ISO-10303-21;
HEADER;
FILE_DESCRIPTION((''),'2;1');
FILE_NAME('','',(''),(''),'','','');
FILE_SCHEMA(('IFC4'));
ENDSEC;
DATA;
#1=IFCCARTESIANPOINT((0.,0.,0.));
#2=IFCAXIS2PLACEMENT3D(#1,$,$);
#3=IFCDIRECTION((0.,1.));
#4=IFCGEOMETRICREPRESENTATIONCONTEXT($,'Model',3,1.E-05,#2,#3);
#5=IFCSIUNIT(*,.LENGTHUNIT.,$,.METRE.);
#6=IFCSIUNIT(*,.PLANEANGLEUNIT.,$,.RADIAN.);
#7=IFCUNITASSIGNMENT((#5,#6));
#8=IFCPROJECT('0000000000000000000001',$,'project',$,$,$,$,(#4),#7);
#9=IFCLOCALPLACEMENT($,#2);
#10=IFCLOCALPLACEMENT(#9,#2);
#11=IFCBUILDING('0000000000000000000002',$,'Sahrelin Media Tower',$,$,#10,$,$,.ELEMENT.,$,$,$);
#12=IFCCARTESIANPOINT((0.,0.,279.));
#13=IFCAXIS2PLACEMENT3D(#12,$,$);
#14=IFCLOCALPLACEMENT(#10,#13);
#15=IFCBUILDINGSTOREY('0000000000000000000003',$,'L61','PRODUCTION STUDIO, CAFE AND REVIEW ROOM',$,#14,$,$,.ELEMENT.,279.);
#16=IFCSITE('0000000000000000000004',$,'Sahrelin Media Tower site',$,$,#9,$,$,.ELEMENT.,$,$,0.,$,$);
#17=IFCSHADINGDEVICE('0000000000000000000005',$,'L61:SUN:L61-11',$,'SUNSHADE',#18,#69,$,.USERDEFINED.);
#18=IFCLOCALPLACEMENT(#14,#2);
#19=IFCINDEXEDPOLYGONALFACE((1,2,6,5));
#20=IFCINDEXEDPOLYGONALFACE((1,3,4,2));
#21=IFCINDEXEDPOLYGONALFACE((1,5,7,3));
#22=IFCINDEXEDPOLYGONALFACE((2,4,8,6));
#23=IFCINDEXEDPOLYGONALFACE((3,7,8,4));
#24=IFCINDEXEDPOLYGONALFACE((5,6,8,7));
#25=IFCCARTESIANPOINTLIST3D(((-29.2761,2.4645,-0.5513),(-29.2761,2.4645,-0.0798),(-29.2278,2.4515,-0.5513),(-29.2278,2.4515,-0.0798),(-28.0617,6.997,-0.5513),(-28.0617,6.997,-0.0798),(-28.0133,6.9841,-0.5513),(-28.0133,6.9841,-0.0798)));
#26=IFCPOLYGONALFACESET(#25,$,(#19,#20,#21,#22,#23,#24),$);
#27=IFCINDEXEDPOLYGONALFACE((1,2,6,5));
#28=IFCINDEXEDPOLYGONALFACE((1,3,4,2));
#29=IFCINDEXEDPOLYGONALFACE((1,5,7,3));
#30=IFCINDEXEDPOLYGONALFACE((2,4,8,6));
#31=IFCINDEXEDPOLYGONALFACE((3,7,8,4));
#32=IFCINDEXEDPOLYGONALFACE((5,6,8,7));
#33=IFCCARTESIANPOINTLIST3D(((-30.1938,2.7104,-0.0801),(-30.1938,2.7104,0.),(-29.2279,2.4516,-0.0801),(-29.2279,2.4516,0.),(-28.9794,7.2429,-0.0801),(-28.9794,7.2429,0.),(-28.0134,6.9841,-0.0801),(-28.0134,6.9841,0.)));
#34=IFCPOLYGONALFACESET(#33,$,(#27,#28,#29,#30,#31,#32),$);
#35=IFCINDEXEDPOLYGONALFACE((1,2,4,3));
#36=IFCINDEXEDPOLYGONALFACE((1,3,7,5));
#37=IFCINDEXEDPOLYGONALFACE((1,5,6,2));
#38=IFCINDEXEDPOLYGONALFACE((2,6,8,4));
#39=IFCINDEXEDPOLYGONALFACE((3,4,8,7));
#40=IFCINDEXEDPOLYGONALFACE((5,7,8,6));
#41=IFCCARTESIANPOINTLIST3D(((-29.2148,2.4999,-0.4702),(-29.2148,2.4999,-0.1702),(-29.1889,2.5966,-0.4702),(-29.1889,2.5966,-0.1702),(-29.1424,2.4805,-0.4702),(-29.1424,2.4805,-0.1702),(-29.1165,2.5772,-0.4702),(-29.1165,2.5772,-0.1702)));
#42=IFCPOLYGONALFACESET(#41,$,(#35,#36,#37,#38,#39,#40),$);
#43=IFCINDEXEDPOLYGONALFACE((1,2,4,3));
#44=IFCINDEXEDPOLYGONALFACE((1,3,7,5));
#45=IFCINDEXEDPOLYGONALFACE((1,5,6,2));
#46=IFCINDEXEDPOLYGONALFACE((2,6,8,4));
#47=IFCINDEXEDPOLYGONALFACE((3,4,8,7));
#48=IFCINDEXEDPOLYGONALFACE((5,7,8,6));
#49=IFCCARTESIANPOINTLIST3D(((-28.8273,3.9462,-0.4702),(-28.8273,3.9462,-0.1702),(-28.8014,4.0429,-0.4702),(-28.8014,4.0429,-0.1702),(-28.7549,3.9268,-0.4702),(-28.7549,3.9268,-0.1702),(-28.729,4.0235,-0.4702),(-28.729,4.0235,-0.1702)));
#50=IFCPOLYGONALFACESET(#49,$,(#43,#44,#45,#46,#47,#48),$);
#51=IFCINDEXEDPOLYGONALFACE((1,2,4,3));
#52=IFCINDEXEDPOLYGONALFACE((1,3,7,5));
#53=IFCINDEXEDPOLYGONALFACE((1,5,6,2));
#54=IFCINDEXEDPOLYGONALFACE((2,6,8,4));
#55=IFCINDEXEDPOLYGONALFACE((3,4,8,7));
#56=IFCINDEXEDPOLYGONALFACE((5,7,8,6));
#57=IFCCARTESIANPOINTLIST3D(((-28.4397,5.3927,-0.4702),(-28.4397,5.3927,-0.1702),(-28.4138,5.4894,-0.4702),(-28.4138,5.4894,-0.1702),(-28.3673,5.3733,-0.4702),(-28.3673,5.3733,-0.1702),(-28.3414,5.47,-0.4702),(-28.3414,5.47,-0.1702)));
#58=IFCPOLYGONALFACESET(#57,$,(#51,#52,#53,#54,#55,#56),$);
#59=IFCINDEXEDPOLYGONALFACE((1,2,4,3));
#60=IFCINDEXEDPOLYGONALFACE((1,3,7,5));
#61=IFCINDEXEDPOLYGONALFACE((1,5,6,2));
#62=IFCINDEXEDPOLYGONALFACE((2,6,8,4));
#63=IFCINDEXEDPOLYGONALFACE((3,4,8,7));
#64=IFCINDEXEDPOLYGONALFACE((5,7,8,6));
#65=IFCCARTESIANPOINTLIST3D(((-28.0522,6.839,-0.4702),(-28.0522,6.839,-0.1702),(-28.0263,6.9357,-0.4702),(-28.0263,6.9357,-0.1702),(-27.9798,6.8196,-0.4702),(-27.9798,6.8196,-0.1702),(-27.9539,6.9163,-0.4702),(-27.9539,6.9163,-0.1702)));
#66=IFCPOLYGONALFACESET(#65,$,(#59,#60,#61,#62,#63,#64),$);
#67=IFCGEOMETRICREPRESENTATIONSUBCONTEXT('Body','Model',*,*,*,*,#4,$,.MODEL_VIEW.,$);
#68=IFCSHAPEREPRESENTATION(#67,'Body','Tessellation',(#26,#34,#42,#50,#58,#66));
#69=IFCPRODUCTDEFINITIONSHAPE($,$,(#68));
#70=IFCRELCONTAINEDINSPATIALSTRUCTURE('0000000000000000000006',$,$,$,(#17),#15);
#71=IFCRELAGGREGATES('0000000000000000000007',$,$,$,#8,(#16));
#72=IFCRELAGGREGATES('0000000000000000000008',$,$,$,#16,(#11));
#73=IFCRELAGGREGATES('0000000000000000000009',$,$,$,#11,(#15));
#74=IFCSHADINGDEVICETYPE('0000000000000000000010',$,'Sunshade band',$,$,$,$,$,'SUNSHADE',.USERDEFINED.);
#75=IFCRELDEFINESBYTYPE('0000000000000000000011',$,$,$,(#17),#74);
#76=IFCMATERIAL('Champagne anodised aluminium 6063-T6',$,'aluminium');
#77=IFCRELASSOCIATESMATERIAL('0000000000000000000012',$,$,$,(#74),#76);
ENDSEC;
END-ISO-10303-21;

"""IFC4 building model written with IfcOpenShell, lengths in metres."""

from ifc_helpers import new_model, si_unit, direction, frame, origin, origin_2d, place, context, subcontext, project, spatial, rectangle, extrude, material, type_object, element, save


model = new_model("IFC4")

# Units and contexts
model_context = context("Model", 3, precision=1e-05, world=origin(), true_north=direction((0.0, 1.0)))
body_context = subcontext(model_context, "Body", "Model", "MODEL_VIEW")
ifc_project = project(units=[si_unit("LENGTHUNIT", "METRE"), si_unit("PLANEANGLEUNIT", "RADIAN")], contexts=[model_context])

# Site, building, storey
site_placement = place(None, origin())
site = spatial("IfcSite", under=ifc_project, at=site_placement, Name="Sahrelin Media Tower site", CompositionType="ELEMENT", RefElevation=0.0)
building_placement = place(site_placement, origin())
building = spatial("IfcBuilding", under=site, at=building_placement, Name="Sahrelin Media Tower", CompositionType="ELEMENT")
storey_placement = place(building_placement, frame((0.0, 0.0, 279.0)))
storey = spatial("IfcBuildingStorey", under=building, at=storey_placement, Name="L61", Description="PRODUCTION STUDIO, CAFE AND REVIEW ROOM", CompositionType="ELEMENT", Elevation=279.0)

# Shared definitions
ifc_material_1 = material(Name="Champagne anodised aluminium 6063-T6", Category="aluminium")

# Shading device
placement_1 = place(storey_placement, frame((-28.6013, 4.7126, 0.0), z_axis=(0.0, 0.0, 1.0), x_axis=(0.258808, 0.965929, 0.0)))
shading_device_type_1 = type_object("IfcShadingDeviceType", Name="Sunshade band", ElementType="SUNSHADE", PredefinedType="USERDEFINED", material=ifc_material_1)
element("IfcShadingDevice", 1, at=placement_1, inside=storey, type_object=shading_device_type_1, Name="L61:SUN:L61-11", ObjectType="SUNSHADE", PredefinedType="USERDEFINED", context=body_context, shape_type="SweptSolid", body=[
    extrude(rectangle(XDim=4.6924, YDim=0.05, at=origin_2d()), frame((0.0, 0.0449, -0.5513)), (0.0, 0.0, 1.0), 0.4714),
    extrude(rectangle(XDim=4.6924, YDim=1.0, at=origin_2d()), frame((0.0, 0.52, -0.0801)), (0.0, 0.0, 1.0), 0.0801),
    extrude(rectangle(XDim=0.1001, YDim=0.075, at=origin_2d()), frame((-2.2461, -0.0176, -0.4702)), (0.0, 0.0, 1.0), 0.3),
    extrude(rectangle(XDim=0.1001, YDim=0.075, at=origin_2d()), frame((-0.7488, -0.0176, -0.4702)), (0.0, 0.0, 1.0), 0.3),
    extrude(rectangle(XDim=0.1001, YDim=0.075, at=origin_2d()), frame((0.7488, -0.0176, -0.4702)), (0.0, 0.0, 1.0), 0.3),
    extrude(rectangle(XDim=0.1001, YDim=0.075, at=origin_2d()), frame((2.2461, -0.0176, -0.4702)), (0.0, 0.0, 1.0), 0.3),
])

save(model, "model.ifc")
